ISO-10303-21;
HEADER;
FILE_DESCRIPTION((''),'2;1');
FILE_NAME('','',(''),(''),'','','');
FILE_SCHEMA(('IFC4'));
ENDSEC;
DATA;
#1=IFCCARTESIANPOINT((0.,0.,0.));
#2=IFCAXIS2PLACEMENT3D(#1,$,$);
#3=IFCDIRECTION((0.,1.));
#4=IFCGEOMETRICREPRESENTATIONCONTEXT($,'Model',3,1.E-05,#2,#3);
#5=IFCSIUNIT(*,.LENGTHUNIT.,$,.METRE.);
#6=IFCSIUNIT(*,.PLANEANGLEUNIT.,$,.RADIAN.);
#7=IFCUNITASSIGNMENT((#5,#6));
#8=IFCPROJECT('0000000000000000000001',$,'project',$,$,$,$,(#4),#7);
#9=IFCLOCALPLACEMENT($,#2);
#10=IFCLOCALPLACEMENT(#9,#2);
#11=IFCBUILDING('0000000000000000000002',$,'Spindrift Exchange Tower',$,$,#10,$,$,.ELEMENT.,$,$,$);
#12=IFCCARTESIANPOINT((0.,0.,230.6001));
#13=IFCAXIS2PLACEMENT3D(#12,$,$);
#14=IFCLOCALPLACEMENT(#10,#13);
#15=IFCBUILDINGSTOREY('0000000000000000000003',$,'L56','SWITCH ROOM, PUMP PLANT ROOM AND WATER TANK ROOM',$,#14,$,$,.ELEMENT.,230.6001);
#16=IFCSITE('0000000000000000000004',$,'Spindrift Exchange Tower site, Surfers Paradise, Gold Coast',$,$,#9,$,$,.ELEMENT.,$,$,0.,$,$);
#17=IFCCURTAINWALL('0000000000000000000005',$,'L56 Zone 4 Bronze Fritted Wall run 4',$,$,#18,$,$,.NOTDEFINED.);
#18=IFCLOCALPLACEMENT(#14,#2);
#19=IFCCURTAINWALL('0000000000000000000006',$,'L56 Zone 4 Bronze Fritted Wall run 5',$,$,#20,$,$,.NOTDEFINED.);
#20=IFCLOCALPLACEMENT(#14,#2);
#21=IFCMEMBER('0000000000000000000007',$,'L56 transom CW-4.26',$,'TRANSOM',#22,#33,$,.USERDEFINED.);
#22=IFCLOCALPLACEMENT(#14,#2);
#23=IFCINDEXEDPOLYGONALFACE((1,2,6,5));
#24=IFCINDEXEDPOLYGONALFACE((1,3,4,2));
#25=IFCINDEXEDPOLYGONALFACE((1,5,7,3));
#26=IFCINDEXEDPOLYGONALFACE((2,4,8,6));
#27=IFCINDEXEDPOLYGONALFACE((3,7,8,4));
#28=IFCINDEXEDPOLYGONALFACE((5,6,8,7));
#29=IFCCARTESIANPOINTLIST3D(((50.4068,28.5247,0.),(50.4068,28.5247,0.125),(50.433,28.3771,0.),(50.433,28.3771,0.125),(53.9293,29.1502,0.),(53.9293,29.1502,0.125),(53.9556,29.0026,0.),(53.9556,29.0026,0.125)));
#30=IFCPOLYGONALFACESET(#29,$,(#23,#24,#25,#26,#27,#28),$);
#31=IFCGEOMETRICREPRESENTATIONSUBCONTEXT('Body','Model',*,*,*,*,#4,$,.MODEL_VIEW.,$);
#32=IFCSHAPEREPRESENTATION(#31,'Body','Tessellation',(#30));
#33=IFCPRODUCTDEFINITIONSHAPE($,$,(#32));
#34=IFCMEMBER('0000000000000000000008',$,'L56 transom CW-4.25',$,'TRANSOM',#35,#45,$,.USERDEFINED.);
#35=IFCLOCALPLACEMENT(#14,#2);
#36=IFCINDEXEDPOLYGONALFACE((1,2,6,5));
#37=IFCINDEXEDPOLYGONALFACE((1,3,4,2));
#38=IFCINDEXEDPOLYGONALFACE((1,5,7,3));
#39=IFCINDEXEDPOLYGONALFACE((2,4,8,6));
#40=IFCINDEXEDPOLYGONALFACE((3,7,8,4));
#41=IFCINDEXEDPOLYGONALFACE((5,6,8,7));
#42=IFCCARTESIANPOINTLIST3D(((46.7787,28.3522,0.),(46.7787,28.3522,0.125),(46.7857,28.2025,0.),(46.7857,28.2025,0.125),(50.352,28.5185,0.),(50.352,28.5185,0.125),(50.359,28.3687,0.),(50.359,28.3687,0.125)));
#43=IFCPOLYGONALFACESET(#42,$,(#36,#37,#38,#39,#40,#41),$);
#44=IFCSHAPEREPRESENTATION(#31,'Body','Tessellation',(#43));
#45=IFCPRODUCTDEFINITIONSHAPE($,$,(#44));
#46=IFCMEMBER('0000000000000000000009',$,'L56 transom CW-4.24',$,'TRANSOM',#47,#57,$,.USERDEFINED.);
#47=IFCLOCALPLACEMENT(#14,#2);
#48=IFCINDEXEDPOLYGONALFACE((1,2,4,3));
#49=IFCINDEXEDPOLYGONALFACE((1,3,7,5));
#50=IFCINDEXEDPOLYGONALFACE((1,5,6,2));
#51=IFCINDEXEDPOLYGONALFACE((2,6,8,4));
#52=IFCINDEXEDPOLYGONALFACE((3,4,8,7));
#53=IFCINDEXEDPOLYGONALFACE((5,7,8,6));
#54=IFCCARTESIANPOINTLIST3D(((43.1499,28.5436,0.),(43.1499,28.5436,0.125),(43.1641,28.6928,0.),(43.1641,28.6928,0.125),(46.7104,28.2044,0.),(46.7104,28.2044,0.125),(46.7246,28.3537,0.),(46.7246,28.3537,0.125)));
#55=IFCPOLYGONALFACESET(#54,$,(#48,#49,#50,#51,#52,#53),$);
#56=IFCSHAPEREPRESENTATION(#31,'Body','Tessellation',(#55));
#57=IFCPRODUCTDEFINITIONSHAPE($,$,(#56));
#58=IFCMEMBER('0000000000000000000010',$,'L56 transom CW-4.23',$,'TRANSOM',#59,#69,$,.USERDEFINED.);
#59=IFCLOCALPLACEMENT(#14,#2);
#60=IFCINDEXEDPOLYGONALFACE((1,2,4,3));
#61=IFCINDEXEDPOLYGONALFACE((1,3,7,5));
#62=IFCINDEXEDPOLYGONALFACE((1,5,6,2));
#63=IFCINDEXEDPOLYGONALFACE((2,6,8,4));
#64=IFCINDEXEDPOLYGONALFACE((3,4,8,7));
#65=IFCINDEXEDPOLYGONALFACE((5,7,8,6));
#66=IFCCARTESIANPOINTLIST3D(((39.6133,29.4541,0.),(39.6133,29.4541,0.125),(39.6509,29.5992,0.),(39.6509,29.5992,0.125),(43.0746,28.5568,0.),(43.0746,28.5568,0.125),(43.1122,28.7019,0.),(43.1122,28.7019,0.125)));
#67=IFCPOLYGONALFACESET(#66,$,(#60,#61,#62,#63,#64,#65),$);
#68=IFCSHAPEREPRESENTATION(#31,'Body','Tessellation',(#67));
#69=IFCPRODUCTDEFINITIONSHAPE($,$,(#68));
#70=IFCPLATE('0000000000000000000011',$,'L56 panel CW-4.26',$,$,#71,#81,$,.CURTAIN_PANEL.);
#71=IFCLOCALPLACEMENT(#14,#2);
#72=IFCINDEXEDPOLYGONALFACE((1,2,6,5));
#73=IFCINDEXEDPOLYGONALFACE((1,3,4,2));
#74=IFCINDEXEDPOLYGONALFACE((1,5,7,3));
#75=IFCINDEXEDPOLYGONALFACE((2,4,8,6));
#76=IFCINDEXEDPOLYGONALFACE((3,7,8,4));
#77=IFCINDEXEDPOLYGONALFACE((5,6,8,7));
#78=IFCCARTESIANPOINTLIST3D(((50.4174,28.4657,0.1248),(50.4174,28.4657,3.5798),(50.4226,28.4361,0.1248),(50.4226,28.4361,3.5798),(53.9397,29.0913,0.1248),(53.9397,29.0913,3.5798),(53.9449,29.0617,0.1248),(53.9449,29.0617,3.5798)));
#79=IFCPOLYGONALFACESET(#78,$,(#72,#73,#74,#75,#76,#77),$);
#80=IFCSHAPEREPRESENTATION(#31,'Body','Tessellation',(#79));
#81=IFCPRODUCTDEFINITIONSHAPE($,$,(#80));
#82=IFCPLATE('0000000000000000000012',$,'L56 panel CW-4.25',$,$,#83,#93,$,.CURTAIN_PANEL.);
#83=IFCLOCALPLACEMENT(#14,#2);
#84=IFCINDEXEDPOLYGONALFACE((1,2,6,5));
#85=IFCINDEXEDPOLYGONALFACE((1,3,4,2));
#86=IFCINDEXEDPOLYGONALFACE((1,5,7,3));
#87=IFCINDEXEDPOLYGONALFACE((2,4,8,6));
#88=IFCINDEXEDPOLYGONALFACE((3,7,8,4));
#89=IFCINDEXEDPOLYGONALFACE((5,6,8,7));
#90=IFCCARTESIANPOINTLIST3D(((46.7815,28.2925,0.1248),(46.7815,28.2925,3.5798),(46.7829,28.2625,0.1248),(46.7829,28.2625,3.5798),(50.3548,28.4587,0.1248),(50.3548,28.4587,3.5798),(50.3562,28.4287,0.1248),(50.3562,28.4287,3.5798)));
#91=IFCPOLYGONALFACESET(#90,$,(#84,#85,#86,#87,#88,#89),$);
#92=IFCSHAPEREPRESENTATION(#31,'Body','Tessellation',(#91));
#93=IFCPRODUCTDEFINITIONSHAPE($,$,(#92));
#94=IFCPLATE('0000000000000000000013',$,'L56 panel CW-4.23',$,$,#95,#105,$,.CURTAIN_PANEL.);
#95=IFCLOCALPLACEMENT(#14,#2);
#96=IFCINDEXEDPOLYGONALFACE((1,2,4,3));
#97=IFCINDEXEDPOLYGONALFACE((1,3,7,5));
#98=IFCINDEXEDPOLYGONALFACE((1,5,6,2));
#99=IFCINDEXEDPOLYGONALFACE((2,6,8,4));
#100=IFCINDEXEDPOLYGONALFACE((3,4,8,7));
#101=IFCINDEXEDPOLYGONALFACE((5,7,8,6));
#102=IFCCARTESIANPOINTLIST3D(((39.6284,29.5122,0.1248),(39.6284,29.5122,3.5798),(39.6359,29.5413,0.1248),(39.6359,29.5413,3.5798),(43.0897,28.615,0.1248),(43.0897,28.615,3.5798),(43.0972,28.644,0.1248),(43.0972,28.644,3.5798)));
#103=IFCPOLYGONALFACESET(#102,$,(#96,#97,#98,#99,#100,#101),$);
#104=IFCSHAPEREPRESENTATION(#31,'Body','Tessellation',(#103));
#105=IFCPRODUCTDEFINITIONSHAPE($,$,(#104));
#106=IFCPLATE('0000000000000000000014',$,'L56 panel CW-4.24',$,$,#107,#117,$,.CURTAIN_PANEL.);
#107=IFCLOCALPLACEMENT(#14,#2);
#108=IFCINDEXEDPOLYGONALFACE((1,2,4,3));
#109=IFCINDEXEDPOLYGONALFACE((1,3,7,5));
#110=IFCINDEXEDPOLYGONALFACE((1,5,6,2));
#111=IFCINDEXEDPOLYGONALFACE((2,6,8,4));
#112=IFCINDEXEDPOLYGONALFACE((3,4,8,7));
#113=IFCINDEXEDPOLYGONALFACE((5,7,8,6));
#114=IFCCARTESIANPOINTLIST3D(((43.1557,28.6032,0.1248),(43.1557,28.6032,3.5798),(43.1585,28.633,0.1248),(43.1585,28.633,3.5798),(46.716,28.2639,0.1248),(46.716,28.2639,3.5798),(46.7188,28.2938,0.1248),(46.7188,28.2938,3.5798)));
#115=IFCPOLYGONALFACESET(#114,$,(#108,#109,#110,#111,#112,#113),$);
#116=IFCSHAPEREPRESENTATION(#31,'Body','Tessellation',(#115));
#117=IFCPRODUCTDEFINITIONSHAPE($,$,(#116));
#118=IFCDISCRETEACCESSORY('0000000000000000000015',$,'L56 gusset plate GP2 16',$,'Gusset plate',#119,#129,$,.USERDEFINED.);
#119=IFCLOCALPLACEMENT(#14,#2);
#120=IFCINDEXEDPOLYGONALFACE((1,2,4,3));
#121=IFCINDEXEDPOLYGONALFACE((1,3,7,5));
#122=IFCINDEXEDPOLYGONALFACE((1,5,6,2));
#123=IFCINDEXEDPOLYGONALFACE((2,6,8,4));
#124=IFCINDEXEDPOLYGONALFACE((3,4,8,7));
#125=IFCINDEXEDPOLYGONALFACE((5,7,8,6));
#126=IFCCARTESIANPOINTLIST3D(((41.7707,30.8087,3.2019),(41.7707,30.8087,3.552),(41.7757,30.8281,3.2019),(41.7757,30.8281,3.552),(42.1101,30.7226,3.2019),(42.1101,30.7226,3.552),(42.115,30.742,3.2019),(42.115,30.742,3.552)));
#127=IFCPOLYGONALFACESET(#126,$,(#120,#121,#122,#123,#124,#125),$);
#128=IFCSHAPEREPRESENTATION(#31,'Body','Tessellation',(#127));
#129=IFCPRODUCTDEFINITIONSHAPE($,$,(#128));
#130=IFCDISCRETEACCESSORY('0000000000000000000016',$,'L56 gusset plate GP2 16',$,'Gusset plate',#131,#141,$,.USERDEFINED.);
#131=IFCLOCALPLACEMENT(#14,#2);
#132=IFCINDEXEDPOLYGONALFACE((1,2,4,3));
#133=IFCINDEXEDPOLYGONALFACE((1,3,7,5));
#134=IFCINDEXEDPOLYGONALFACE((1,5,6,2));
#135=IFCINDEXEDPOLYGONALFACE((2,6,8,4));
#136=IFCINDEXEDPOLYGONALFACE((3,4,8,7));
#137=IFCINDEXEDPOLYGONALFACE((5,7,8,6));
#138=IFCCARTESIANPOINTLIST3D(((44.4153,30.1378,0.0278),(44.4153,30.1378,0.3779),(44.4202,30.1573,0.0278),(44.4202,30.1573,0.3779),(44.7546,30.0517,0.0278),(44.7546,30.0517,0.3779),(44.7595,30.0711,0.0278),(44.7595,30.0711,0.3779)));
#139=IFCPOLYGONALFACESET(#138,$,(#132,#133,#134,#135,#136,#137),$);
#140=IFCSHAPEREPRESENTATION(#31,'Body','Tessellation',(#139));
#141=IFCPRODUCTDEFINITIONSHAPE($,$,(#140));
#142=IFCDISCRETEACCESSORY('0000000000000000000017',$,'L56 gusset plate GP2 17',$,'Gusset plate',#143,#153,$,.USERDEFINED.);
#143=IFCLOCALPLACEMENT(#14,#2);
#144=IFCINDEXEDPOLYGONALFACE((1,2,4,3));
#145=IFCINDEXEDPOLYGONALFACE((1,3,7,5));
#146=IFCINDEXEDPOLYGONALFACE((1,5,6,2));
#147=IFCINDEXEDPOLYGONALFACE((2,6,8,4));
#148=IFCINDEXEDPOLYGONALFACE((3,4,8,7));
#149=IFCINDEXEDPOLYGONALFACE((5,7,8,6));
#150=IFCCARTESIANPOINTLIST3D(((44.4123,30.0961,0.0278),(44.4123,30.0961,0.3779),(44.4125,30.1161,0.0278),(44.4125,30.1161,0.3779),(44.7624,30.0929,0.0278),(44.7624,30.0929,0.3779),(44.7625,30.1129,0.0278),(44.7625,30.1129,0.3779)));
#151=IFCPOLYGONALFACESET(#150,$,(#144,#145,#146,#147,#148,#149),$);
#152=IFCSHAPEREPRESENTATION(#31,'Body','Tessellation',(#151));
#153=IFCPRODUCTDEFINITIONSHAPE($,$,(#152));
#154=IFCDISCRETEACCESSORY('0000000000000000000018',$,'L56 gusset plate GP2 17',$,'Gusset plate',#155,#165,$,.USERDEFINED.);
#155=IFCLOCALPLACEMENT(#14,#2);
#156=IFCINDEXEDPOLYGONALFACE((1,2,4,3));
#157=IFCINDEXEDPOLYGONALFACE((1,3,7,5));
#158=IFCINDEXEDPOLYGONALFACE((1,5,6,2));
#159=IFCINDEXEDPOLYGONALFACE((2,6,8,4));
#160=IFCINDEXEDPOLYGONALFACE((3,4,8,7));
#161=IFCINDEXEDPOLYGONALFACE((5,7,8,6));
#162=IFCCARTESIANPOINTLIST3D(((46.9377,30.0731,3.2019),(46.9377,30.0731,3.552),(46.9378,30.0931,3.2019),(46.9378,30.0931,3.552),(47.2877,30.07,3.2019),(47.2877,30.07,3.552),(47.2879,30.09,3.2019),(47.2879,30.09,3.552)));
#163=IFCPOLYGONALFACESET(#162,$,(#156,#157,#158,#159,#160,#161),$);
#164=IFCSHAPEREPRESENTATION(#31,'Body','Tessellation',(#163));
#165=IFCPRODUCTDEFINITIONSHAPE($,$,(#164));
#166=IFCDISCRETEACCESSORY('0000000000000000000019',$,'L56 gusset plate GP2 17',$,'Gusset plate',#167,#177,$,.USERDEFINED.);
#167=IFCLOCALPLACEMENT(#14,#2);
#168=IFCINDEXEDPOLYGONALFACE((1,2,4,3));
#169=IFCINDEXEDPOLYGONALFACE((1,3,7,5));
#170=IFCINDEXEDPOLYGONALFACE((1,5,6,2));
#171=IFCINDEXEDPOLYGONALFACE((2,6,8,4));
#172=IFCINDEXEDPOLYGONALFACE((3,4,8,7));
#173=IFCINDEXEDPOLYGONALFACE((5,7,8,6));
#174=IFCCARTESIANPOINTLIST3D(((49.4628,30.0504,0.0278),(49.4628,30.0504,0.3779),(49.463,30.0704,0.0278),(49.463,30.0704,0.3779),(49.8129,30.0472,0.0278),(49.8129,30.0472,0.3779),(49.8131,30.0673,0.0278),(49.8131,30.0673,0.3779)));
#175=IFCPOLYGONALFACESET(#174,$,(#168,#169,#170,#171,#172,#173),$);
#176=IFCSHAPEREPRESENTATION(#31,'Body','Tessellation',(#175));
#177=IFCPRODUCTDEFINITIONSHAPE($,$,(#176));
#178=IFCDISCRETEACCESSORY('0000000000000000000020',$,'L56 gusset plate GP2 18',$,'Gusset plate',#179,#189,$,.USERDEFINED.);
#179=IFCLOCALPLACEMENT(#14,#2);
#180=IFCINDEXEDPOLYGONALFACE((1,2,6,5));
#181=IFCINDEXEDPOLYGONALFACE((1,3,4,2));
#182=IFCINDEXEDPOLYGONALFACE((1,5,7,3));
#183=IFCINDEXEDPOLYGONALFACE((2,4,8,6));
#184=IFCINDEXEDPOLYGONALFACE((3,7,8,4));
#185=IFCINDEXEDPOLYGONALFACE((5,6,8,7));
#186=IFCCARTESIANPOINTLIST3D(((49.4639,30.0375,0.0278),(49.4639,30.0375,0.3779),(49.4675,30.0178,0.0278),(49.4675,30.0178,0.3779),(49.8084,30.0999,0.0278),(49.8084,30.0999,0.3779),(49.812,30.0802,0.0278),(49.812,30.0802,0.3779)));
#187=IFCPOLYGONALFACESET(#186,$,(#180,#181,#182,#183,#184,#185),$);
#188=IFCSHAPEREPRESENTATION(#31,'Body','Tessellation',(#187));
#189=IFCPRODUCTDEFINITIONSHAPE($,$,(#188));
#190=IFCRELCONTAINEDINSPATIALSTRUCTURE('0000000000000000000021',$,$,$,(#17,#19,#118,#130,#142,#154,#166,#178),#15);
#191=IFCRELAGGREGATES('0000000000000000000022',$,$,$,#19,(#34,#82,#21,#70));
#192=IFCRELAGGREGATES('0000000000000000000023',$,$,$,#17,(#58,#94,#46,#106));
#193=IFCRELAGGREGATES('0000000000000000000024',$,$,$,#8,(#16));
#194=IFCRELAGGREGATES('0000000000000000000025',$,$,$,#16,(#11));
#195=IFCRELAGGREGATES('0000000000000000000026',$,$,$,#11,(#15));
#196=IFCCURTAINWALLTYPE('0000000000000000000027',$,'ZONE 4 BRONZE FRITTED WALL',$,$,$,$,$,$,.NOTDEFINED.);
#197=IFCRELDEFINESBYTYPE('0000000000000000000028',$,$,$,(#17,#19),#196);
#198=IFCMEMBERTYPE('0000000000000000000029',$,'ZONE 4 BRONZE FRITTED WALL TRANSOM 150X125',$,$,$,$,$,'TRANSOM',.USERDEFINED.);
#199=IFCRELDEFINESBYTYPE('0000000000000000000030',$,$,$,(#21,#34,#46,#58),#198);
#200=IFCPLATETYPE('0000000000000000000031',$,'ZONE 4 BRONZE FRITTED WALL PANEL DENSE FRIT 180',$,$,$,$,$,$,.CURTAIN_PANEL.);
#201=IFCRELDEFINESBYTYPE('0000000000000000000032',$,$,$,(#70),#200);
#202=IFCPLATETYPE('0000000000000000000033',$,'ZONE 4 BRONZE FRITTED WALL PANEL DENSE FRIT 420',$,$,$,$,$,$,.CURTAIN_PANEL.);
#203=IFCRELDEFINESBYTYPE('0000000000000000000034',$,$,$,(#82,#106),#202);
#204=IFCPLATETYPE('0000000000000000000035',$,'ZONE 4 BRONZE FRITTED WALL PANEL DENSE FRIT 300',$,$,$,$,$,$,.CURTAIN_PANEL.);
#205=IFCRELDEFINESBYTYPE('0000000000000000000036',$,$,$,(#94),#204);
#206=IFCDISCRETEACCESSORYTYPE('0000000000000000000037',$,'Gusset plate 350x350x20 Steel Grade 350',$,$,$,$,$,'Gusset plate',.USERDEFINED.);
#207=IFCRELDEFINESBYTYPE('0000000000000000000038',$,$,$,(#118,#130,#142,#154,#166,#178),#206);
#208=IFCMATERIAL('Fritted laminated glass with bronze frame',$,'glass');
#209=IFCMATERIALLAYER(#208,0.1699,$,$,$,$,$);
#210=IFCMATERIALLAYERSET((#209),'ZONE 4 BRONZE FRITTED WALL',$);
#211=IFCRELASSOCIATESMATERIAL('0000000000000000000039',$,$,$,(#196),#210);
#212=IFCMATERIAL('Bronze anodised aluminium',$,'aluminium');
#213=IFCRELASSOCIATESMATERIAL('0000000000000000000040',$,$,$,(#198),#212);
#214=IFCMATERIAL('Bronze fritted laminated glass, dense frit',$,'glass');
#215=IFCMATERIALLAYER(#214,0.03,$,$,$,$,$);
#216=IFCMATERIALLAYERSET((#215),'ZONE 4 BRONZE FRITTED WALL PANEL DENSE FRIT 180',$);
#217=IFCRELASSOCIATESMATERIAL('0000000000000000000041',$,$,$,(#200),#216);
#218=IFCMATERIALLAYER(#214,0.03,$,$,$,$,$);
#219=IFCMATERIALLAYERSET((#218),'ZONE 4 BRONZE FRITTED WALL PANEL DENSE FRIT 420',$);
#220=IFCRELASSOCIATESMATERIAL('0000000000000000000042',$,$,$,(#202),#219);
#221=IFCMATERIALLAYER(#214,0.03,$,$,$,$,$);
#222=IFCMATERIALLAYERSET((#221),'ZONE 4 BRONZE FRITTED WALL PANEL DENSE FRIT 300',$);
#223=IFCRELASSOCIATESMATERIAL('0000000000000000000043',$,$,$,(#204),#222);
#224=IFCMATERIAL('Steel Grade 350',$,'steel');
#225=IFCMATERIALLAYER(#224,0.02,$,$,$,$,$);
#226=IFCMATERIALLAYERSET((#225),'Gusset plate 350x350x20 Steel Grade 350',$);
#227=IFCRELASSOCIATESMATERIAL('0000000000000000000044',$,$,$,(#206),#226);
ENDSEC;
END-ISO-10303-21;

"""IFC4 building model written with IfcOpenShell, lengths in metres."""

from ifc_helpers import new_model, si_unit, direction, frame, origin, origin_2d, place, context, subcontext, project, spatial, rectangle, extrude, source, transform, mapped, material, layer, layer_set, material_profile, profile_set, type_object, element, aggregate, save


model = new_model("IFC4")

# Units and contexts
model_context = context("Model", 3, precision=1e-05, world=origin(), true_north=direction((0.0, 1.0)))
body_context = subcontext(model_context, "Body", "Model", "MODEL_VIEW")
ifc_project = project(units=[si_unit("LENGTHUNIT", "METRE"), si_unit("PLANEANGLEUNIT", "RADIAN")], contexts=[model_context])

# Site, building, storey
site_placement = place(None, origin())
site = spatial("IfcSite", under=ifc_project, at=site_placement, Name="Spindrift Exchange Tower site, Surfers Paradise, Gold Coast", CompositionType="ELEMENT", RefElevation=0.0)
building_placement = place(site_placement, origin())
building = spatial("IfcBuilding", under=site, at=building_placement, Name="Spindrift Exchange Tower", CompositionType="ELEMENT")
storey_placement = place(building_placement, frame((0.0, 0.0, 230.6001)))
storey = spatial("IfcBuildingStorey", under=building, at=storey_placement, Name="L56", Description="SWITCH ROOM, PUMP PLANT ROOM AND WATER TANK ROOM", CompositionType="ELEMENT", Elevation=230.6001)

# Shared definitions
ifc_material_1 = material(Name="Steel Grade 350", Category="steel")

# Curtain walls, members
ifc_material_2 = material(Name="Fritted laminated glass with bronze frame", Category="glass")
ifc_layer_1 = layer(ifc_material_2, 0.1699)
ifc_layer_set_1 = layer_set([ifc_layer_1], Name="ZONE 4 BRONZE FRITTED WALL")
curtain_wall_type = type_object("IfcCurtainWallType", Name="ZONE 4 BRONZE FRITTED WALL", PredefinedType="NOTDEFINED", material=ifc_layer_set_1)
curtain_wall_1_placement = place(storey_placement, origin())
curtain_wall_1 = element("IfcCurtainWall", 1, at=curtain_wall_1_placement, inside=storey, type_object=curtain_wall_type, Name="L56 Zone 4 Bronze Fritted Wall run 4", PredefinedType="NOTDEFINED")
ifc_material_3 = material(Name="Bronze anodised aluminium", Category="aluminium")
curtain_wall_2_placement = place(storey_placement, origin())
curtain_wall_2 = element("IfcCurtainWall", 2, at=curtain_wall_2_placement, inside=storey, type_object=curtain_wall_type, Name="L56 Zone 4 Bronze Fritted Wall run 5", PredefinedType="NOTDEFINED")
ifc_material_profile_1 = material_profile(ifc_material_3, rectangle(XDim=0.1499, YDim=0.125, at=origin_2d()), Name="ZONE 4 BRONZE FRITTED WALL TRANSOM 150X125")
ifc_profile_set_1 = profile_set([ifc_material_profile_1], Name="Bronze anodised aluminium")
member_type_1 = type_object("IfcMemberType", Name="ZONE 4 BRONZE FRITTED WALL TRANSOM 150X125", ElementType="TRANSOM", PredefinedType="USERDEFINED", material=ifc_profile_set_1)
shared_shape_1 = source(origin(), body_context, "Body", "SweptSolid", [
    extrude(rectangle(XDim=0.1499, YDim=0.125, at=origin_2d()), origin(), (0.0, 0.0, 1.0), 3.5776),
])
member_1_placement = place(storey_placement, frame((50.4199, 28.4509, 0.0625), z_axis=(0.984598, 0.174836, 0.0), x_axis=(-0.174836, 0.984598, 0.0)))
member_1 = element("IfcMember", 3, at=member_1_placement, type_object=member_type_1, Name="L56 transom CW-4.26", ObjectType="TRANSOM", PredefinedType="USERDEFINED", context=body_context, shape_type="MappedRepresentation", body=[
    mapped(shared_shape_1, transform((0.0, 0.0, 0.0), scale=1.0)),
])
shared_shape_2 = source(origin(), body_context, "Body", "SweptSolid", [
    extrude(rectangle(XDim=0.1499, YDim=0.125, at=origin_2d()), origin(), (0.0, 0.0, 1.0), 3.5771),
])
member_2_placement = place(storey_placement, frame((46.7822, 28.2773, 0.0625), z_axis=(0.998919, 0.046479, 0.0), x_axis=(-0.046479, 0.998919, 0.0)))
member_2 = element("IfcMember", 4, at=member_2_placement, type_object=member_type_1, Name="L56 transom CW-4.25", ObjectType="TRANSOM", PredefinedType="USERDEFINED", context=body_context, shape_type="MappedRepresentation", body=[
    mapped(shared_shape_2, transform((0.0, 0.0, 0.0), scale=1.0)),
])

# Members
shared_shape_3 = source(origin(), body_context, "Body", "SweptSolid", [
    extrude(rectangle(XDim=0.1499, YDim=0.125, at=origin_2d()), origin(), (0.0, 0.0, 1.0), 3.5767),
])
member_3_placement = place(storey_placement, frame((43.157, 28.6182, 0.0625), z_axis=(0.995495, -0.094812, 0.0), x_axis=(0.094812, 0.995495, 0.0)))
member_3 = element("IfcMember", 5, at=member_3_placement, type_object=member_type_1, Name="L56 transom CW-4.24", ObjectType="TRANSOM", PredefinedType="USERDEFINED", context=body_context, shape_type="MappedRepresentation", body=[
    mapped(shared_shape_3, transform((0.0, 0.0, 0.0), scale=1.0)),
])
shared_shape_4 = source(origin(), body_context, "Body", "SweptSolid", [
    extrude(rectangle(XDim=0.1499, YDim=0.125, at=origin_2d()), origin(), (0.0, 0.0, 1.0), 3.5757),
])
member_4_placement = place(storey_placement, frame((39.6321, 29.5266, 0.0625), z_axis=(0.968005, -0.250929, 0.0), x_axis=(0.250929, 0.968005, 0.0)))
member_4 = element("IfcMember", 6, at=member_4_placement, type_object=member_type_1, Name="L56 transom CW-4.23", ObjectType="TRANSOM", PredefinedType="USERDEFINED", context=body_context, shape_type="MappedRepresentation", body=[
    mapped(shared_shape_4, transform((0.0, 0.0, 0.0), scale=1.0)),
])

# Plates
ifc_material_4 = material(Name="Bronze fritted laminated glass, dense frit", Category="glass")
ifc_layer_2 = layer(ifc_material_4, 0.03)
ifc_layer_set_2 = layer_set([ifc_layer_2], Name="ZONE 4 BRONZE FRITTED WALL PANEL DENSE FRIT 180")
plate_type_1 = type_object("IfcPlateType", Name="ZONE 4 BRONZE FRITTED WALL PANEL DENSE FRIT 180", PredefinedType="CURTAIN_PANEL", material=ifc_layer_set_2)
shared_shape_5 = source(origin(), body_context, "Body", "SweptSolid", [
    extrude(rectangle(XDim=3.5774, YDim=0.03, at=origin_2d()), origin(), (0.0, 0.0, 1.0), 3.4551),
])
plate_1_placement = place(storey_placement, frame((52.1812, 28.7637, 0.1248), z_axis=(0.0, 0.0, 1.0), x_axis=(0.98459, 0.174879, 0.0)))
plate_1 = element("IfcPlate", 7, at=plate_1_placement, type_object=plate_type_1, Name="L56 panel CW-4.26", PredefinedType="CURTAIN_PANEL", context=body_context, shape_type="MappedRepresentation", body=[
    mapped(shared_shape_5, transform((0.0, 0.0, 0.0), scale=1.0)),
])
ifc_layer_3 = layer(ifc_material_4, 0.03)
ifc_layer_set_3 = layer_set([ifc_layer_3], Name="ZONE 4 BRONZE FRITTED WALL PANEL DENSE FRIT 420")
plate_type_2 = type_object("IfcPlateType", Name="ZONE 4 BRONZE FRITTED WALL PANEL DENSE FRIT 420", PredefinedType="CURTAIN_PANEL", material=ifc_layer_set_3)
shared_shape_6 = source(origin(), body_context, "Body", "SweptSolid", [
    extrude(rectangle(XDim=3.5771, YDim=0.03, at=origin_2d()), origin(), (0.0, 0.0, 1.0), 3.4551),
])
plate_2_placement = place(storey_placement, frame((48.5688, 28.3606, 0.1248), z_axis=(0.0, 0.0, 1.0), x_axis=(0.998919, 0.046484, 0.0)))
plate_2 = element("IfcPlate", 8, at=plate_2_placement, type_object=plate_type_2, Name="L56 panel CW-4.25", PredefinedType="CURTAIN_PANEL", context=body_context, shape_type="MappedRepresentation", body=[
    mapped(shared_shape_6, transform((0.0, 0.0, 0.0), scale=1.0)),
])
aggregate(curtain_wall_2, [member_2, plate_2, member_1, plate_1])
ifc_layer_4 = layer(ifc_material_4, 0.03)
ifc_layer_set_4 = layer_set([ifc_layer_4], Name="ZONE 4 BRONZE FRITTED WALL PANEL DENSE FRIT 300")
plate_type_3 = type_object("IfcPlateType", Name="ZONE 4 BRONZE FRITTED WALL PANEL DENSE FRIT 300", PredefinedType="CURTAIN_PANEL", material=ifc_layer_set_4)
shared_shape_7 = source(origin(), body_context, "Body", "SweptSolid", [
    extrude(rectangle(XDim=3.5757, YDim=0.03, at=origin_2d()), origin(), (0.0, 0.0, 1.0), 3.4551),
])
plate_3_placement = place(storey_placement, frame((41.3628, 29.0781, 0.1248), z_axis=(0.0, 0.0, 1.0), x_axis=(0.968007, -0.250922, 0.0)))
plate_3 = element("IfcPlate", 9, at=plate_3_placement, type_object=plate_type_3, Name="L56 panel CW-4.23", PredefinedType="CURTAIN_PANEL", context=body_context, shape_type="MappedRepresentation", body=[
    mapped(shared_shape_7, transform((0.0, 0.0, 0.0), scale=1.0)),
])
shared_shape_8 = source(origin(), body_context, "Body", "SweptSolid", [
    extrude(rectangle(XDim=3.5764, YDim=0.03, at=origin_2d()), origin(), (0.0, 0.0, 1.0), 3.4551),
])
plate_4_placement = place(storey_placement, frame((44.9373, 28.4485, 0.1248), z_axis=(0.0, 0.0, 1.0), x_axis=(0.995492, -0.09485, 0.0)))
plate_4 = element("IfcPlate", 10, at=plate_4_placement, type_object=plate_type_2, Name="L56 panel CW-4.24", PredefinedType="CURTAIN_PANEL", context=body_context, shape_type="MappedRepresentation", body=[
    mapped(shared_shape_8, transform((0.0, 0.0, 0.0), scale=1.0)),
])
aggregate(curtain_wall_1, [member_4, plate_3, member_3, plate_4])

# Discrete accessories
ifc_layer_5 = layer(ifc_material_1, 0.02)
ifc_layer_set_5 = layer_set([ifc_layer_5], Name="Gusset plate 350x350x20 Steel Grade 350")
discrete_accessory_type = type_object("IfcDiscreteAccessoryType", Name="Gusset plate 350x350x20 Steel Grade 350", ElementType="Gusset plate", PredefinedType="USERDEFINED", material=ifc_layer_set_5)
shared_shape_9 = source(origin(), body_context, "Body", "SweptSolid", [
    extrude(rectangle(XDim=0.3501, YDim=0.02, at=origin_2d()), origin(), (0.0, 0.0, 1.0), 0.3501),
])
for number, where, z_axis, x_axis, name in (
    (11, (41.9429, 30.7754, 3.2019), (0.0, 0.0, 1.0), (0.969278, -0.245967, 0.0), "L56 gusset plate GP2 16"),
    (12, (44.5874, 30.1045, 0.0278), (0.0, 0.0, 1.0), (0.969278, -0.245967, 0.0), "L56 gusset plate GP2 16"),
    (13, (44.5874, 30.1045, 0.0278), (0.0, 0.0, 1.0), (0.999959, -0.009028, 0.0), "L56 gusset plate GP2 17"),
    (14, (47.1128, 30.0815, 3.2019), (0.0, 0.0, 1.0), (0.999959, -0.009028, 0.0), "L56 gusset plate GP2 17"),
    (15, (49.6379, 30.0588, 0.0278), (0.0, 0.0, 1.0), (0.999959, -0.009028, 0.0), "L56 gusset plate GP2 17"),
    (16, (49.6379, 30.0588, 0.0278), (0.0, 0.0, 1.0), (0.983986, 0.178244, 0.0), "L56 gusset plate GP2 18"),
):
    element("IfcDiscreteAccessory", number, at=place(storey_placement, frame(where, z_axis=z_axis, x_axis=x_axis)), inside=storey, type_object=discrete_accessory_type, Name=name, ObjectType="Gusset plate", PredefinedType="USERDEFINED", context=body_context, shape_type="MappedRepresentation", body=[
        mapped(shared_shape_9, transform((0.0, 0.0, 0.0), scale=1.0)),
    ])

save(model, "model.ifc")
